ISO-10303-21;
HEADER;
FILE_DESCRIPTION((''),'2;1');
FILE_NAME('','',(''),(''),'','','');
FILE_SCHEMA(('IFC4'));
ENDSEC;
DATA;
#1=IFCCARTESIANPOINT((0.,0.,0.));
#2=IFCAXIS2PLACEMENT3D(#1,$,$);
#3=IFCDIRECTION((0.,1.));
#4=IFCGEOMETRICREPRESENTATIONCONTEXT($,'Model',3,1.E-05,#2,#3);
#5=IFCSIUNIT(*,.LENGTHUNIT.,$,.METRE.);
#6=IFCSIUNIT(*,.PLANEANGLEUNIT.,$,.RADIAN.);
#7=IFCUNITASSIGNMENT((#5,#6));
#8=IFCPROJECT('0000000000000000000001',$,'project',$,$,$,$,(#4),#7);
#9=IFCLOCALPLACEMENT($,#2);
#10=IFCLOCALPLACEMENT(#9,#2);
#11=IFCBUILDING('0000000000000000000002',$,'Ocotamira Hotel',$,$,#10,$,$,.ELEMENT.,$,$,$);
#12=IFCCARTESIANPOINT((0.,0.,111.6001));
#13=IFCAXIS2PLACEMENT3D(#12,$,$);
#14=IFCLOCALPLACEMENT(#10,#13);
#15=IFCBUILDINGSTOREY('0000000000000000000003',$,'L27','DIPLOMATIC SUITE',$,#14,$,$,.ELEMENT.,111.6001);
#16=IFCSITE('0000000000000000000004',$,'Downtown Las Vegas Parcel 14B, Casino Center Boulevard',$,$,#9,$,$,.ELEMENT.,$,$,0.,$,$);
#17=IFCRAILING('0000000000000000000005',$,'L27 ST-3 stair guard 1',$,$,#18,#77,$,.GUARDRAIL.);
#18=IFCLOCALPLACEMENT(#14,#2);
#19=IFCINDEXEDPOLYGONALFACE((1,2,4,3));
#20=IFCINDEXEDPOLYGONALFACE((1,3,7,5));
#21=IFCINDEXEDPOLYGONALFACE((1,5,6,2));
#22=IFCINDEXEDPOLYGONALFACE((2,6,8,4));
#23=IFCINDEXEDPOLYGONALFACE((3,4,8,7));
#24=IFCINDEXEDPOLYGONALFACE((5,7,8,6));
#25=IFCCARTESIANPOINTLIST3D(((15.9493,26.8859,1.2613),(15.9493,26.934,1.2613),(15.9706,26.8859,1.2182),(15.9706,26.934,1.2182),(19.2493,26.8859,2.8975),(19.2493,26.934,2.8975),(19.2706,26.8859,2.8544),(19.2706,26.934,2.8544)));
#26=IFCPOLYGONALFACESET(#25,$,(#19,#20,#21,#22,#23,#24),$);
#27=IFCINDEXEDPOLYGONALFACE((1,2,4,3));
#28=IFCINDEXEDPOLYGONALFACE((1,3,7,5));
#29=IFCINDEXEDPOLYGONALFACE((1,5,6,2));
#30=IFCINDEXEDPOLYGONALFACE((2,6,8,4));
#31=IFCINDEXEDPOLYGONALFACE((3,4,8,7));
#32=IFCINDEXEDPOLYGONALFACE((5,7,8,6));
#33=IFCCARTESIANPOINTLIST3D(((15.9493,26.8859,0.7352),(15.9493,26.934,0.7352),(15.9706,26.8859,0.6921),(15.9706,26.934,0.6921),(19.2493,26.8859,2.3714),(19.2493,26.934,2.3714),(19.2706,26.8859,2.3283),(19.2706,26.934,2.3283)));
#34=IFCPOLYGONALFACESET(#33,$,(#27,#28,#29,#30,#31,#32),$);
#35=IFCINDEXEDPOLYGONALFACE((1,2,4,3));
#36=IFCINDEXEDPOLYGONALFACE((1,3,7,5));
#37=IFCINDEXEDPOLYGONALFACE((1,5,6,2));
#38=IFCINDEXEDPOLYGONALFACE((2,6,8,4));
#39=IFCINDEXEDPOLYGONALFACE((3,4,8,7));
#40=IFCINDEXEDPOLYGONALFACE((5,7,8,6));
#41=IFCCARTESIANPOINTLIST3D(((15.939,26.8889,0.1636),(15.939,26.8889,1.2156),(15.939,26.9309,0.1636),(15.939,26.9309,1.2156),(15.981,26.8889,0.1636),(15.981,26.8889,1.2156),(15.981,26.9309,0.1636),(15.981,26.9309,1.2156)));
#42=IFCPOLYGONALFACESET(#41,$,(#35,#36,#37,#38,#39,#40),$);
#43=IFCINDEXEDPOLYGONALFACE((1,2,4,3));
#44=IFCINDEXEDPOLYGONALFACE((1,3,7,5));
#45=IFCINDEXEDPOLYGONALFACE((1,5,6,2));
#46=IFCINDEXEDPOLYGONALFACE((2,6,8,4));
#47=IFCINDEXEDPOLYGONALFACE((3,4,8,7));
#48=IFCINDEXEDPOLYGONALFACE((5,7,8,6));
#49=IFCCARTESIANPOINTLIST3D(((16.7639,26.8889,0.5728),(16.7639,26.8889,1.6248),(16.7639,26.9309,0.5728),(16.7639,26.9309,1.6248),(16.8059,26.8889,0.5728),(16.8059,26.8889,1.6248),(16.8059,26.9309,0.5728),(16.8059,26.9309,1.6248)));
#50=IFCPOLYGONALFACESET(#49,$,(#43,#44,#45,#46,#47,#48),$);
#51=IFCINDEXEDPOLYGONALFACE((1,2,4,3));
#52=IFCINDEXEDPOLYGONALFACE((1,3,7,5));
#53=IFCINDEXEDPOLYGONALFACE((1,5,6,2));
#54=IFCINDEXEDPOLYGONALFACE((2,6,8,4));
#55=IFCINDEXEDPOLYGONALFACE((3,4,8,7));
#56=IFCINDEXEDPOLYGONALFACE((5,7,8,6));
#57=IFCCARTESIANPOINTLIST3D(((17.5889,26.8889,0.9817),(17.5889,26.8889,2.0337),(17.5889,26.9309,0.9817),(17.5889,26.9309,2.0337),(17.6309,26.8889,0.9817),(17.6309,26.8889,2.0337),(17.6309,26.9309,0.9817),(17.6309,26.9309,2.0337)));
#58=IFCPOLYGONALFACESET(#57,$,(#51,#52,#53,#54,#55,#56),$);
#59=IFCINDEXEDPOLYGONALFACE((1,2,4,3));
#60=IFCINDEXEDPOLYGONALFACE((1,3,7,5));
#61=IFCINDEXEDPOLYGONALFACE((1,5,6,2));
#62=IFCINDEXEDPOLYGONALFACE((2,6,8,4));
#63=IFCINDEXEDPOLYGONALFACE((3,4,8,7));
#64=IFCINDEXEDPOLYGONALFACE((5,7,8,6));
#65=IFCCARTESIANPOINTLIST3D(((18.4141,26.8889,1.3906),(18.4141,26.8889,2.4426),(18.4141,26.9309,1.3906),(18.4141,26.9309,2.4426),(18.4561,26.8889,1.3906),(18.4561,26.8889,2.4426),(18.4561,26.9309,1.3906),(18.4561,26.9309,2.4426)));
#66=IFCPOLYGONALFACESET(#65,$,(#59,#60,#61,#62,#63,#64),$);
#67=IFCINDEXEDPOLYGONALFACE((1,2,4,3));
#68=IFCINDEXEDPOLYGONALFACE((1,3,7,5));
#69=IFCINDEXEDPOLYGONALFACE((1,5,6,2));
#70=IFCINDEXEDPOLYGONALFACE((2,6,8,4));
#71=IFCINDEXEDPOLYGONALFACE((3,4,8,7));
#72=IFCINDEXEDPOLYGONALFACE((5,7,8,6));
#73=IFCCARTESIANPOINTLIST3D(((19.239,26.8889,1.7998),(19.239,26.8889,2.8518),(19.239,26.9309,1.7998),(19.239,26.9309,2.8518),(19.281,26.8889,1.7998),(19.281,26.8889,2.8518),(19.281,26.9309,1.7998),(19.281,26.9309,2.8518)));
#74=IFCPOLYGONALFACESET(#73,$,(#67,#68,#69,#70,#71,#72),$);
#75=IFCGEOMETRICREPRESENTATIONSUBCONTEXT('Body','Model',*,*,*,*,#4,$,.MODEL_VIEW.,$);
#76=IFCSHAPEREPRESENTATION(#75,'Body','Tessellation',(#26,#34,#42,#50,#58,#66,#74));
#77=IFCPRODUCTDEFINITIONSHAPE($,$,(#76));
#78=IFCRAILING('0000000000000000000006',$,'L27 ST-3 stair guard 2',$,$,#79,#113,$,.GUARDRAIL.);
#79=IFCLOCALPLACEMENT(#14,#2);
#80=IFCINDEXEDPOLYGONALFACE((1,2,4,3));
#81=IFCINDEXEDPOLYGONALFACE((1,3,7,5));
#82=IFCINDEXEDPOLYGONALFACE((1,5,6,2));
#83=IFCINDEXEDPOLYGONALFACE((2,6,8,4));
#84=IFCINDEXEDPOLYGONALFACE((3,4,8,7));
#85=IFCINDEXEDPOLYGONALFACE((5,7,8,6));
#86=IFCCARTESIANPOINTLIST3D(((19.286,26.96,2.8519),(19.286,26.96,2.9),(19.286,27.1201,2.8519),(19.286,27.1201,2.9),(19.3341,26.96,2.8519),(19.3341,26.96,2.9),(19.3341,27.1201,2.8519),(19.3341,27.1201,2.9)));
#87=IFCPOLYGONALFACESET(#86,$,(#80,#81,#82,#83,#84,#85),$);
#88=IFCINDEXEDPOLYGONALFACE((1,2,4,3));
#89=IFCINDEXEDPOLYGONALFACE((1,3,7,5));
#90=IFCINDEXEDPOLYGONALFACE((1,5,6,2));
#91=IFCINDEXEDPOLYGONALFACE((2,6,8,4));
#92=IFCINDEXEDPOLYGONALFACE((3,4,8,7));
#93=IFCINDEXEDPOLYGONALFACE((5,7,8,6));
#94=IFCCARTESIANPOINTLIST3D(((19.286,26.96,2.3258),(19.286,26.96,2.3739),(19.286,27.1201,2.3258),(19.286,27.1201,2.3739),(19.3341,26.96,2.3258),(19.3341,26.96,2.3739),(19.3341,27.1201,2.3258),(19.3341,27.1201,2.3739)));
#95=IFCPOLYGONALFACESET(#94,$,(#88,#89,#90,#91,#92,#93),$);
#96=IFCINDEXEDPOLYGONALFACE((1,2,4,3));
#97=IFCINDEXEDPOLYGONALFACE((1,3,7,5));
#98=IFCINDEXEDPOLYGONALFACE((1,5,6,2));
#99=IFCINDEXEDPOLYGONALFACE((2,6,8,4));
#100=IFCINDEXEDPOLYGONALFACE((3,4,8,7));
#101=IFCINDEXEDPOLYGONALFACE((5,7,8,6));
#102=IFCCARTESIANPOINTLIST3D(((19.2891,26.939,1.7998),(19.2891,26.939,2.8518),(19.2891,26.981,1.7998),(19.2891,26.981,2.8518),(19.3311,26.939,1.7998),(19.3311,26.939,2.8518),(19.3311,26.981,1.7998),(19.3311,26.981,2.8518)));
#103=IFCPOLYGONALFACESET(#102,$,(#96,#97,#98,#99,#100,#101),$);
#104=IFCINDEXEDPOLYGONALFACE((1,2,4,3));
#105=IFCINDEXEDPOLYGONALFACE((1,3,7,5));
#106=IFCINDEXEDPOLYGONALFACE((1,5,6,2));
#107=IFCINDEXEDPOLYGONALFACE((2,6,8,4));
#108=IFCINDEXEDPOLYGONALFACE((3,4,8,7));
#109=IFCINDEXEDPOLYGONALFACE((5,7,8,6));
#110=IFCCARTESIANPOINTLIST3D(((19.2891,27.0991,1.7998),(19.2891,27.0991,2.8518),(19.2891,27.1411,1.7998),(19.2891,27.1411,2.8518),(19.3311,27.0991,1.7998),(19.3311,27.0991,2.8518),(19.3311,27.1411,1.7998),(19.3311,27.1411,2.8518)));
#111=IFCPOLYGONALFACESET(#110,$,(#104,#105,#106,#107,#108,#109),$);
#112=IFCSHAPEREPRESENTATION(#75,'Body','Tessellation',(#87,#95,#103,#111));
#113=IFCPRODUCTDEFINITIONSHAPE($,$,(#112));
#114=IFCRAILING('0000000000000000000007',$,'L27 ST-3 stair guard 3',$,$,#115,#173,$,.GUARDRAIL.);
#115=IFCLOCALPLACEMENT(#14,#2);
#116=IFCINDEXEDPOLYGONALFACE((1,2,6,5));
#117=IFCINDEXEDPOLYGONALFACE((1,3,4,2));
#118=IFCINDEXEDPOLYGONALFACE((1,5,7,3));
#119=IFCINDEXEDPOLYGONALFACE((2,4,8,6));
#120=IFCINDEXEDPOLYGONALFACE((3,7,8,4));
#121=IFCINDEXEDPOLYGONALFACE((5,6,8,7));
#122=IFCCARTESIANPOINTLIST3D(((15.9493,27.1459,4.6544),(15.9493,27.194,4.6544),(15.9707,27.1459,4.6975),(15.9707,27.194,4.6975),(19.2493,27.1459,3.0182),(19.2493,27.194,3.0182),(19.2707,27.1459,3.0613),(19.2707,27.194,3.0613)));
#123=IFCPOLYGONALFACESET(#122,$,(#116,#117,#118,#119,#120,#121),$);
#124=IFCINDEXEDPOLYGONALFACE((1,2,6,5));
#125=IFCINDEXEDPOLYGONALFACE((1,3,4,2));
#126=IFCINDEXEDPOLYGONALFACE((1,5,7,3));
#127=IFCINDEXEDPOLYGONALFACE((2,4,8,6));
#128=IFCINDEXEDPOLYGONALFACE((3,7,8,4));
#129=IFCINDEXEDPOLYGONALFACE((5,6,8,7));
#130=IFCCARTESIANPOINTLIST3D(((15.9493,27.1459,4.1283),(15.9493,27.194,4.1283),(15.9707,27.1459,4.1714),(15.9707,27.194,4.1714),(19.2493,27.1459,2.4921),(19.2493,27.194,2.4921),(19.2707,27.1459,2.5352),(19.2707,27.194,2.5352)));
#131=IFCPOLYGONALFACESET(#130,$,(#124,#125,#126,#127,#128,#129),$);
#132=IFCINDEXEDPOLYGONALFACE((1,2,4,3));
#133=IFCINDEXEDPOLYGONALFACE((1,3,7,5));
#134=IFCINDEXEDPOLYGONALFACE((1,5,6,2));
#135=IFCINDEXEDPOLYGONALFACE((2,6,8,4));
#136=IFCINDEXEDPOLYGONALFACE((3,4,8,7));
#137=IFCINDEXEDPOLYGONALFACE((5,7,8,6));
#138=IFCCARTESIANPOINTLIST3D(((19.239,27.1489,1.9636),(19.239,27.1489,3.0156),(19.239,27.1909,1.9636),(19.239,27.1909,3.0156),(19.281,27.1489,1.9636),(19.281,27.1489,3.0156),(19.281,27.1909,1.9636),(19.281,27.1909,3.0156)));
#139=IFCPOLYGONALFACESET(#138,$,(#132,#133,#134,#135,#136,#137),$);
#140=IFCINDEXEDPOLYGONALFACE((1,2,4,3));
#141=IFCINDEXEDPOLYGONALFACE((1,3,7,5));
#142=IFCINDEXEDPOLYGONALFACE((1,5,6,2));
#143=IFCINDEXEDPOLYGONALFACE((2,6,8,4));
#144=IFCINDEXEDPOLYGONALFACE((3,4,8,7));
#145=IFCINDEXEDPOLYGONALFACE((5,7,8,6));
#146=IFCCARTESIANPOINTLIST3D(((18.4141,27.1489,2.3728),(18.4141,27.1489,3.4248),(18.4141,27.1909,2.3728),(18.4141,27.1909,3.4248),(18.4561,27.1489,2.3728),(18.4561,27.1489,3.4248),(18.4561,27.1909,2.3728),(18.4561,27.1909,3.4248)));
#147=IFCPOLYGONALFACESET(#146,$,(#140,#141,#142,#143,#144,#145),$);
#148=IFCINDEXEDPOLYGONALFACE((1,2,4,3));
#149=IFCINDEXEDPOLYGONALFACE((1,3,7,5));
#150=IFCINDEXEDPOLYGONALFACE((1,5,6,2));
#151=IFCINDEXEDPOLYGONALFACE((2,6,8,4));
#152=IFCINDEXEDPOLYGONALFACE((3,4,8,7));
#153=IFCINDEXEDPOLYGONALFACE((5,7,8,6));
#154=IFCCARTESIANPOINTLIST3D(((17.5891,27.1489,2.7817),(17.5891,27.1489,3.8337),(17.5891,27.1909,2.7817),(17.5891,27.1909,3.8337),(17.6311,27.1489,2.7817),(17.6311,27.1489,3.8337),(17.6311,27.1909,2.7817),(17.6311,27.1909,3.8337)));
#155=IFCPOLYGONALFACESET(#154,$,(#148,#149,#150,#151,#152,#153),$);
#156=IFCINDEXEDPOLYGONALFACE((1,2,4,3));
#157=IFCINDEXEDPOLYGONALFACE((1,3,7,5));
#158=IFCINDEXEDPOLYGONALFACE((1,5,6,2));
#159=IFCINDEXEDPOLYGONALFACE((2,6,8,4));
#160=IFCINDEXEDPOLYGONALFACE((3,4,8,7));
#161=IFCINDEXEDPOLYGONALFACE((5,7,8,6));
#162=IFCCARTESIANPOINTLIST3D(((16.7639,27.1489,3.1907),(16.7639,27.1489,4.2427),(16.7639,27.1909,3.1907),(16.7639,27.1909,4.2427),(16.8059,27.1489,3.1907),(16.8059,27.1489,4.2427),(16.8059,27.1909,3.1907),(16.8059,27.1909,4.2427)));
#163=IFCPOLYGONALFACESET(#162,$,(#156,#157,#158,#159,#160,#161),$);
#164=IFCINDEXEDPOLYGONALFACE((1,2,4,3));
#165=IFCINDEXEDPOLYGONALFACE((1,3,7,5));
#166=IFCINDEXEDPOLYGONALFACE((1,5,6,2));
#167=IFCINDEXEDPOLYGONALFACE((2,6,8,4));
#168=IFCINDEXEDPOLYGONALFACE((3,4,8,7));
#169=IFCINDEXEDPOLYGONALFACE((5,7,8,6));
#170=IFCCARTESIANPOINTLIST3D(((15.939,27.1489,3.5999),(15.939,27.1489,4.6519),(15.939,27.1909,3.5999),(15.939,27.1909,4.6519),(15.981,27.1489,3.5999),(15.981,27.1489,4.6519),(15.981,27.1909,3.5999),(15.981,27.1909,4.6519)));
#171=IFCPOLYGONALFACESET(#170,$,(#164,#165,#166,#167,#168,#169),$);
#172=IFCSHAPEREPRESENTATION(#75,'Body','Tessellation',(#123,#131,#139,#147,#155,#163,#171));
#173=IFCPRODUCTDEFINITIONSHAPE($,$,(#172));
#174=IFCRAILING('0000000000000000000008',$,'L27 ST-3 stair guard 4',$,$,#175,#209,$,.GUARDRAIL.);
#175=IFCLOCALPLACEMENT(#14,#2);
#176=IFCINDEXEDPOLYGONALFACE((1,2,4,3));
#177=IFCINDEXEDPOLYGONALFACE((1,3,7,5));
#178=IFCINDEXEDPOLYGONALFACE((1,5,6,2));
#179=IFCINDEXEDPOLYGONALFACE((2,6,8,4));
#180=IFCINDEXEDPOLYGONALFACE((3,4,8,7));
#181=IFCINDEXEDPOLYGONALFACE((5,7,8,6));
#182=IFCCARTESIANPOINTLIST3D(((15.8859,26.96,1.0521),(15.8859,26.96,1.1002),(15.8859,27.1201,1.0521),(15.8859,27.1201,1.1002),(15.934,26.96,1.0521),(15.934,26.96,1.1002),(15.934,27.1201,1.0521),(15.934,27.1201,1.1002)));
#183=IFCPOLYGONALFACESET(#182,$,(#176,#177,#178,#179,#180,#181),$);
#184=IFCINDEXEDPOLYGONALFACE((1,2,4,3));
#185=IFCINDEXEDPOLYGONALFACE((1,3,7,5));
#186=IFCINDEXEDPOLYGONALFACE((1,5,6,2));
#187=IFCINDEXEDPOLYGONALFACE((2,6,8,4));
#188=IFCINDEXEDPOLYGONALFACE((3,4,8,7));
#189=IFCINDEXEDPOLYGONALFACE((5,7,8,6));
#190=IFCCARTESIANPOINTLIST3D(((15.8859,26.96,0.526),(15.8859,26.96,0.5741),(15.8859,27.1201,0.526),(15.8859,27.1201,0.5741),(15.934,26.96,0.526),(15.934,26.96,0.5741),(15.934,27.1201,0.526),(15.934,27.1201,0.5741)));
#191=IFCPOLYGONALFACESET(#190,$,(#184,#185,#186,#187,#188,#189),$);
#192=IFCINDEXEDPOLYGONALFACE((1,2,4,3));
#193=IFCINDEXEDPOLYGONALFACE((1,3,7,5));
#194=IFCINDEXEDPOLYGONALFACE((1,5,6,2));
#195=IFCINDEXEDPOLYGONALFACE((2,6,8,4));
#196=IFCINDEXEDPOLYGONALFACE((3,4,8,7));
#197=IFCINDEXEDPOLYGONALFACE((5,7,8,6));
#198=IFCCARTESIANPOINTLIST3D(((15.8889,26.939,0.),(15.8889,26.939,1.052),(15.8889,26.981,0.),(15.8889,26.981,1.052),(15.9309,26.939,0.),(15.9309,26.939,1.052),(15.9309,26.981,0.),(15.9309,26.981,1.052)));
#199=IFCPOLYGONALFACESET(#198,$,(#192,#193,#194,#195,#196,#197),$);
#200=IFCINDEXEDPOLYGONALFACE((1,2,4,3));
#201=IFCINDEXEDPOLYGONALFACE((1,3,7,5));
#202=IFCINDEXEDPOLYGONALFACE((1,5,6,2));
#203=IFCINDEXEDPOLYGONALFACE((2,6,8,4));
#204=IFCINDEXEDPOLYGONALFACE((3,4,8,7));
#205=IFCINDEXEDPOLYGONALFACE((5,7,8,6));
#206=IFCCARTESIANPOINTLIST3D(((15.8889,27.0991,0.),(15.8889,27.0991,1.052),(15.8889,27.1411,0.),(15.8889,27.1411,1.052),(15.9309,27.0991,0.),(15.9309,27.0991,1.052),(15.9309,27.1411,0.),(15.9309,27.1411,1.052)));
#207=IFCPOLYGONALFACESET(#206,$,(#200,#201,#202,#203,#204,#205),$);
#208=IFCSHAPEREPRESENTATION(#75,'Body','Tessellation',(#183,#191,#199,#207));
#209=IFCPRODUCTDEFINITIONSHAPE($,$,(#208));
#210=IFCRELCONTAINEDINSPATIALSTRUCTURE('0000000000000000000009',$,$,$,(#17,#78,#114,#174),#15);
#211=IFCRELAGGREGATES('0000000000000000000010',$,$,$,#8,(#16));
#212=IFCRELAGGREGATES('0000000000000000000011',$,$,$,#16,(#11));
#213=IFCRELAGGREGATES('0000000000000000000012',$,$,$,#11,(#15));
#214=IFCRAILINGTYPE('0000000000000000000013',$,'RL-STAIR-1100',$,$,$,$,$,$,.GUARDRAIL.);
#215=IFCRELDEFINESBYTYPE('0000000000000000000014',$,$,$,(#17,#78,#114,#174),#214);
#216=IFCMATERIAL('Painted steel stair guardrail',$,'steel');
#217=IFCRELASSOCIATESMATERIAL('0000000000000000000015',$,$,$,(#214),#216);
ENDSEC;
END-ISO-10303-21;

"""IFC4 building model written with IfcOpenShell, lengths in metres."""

from ifc_helpers import new_model, si_unit, direction, frame, origin, origin_2d, place, context, subcontext, project, spatial, rectangle, extrude, material, type_object, element, save


model = new_model("IFC4")

# Units and contexts
model_context = context("Model", 3, precision=1e-05, world=origin(), true_north=direction((0.0, 1.0)))
body_context = subcontext(model_context, "Body", "Model", "MODEL_VIEW")
ifc_project = project(units=[si_unit("LENGTHUNIT", "METRE"), si_unit("PLANEANGLEUNIT", "RADIAN")], contexts=[model_context])

# Site, building, storey
site_placement = place(None, origin())
site = spatial("IfcSite", under=ifc_project, at=site_placement, Name="Downtown Las Vegas Parcel 14B, Casino Center Boulevard", CompositionType="ELEMENT", RefElevation=0.0)
building_placement = place(site_placement, origin())
building = spatial("IfcBuilding", under=site, at=building_placement, Name="Ocotamira Hotel", CompositionType="ELEMENT")
storey_placement = place(building_placement, frame((0.0, 0.0, 111.6001)))
storey = spatial("IfcBuildingStorey", under=building, at=storey_placement, Name="L27", Description="DIPLOMATIC SUITE", CompositionType="ELEMENT", Elevation=111.6001)

# Railings
ifc_material_1 = material(Name="Painted steel stair guardrail", Category="steel")
railing_type_1 = type_object("IfcRailingType", Name="RL-STAIR-1100", PredefinedType="GUARDRAIL", material=ifc_material_1)
railing_1_placement = place(storey_placement, frame((15.96, 26.9099, 0.1636)))
element("IfcRailing", 1, at=railing_1_placement, inside=storey, type_object=railing_type_1, Name="L27 ST-3 stair guard 1", PredefinedType="GUARDRAIL", context=body_context, shape_type="SweptSolid", body=[
    extrude(rectangle(XDim=0.0481, YDim=0.0481, at=origin_2d()), frame((0.0, 0.0, 1.0762), z_axis=(0.89592, 0.0, 0.444215), x_axis=(0.0, 1.0, 0.0)), (0.0, 0.0, 1.0), 3.6833),
    extrude(rectangle(XDim=0.0481, YDim=0.0481, at=origin_2d()), frame((0.0, 0.0, 0.55), z_axis=(0.89592, 0.0, 0.444215), x_axis=(0.0, 1.0, 0.0)), (0.0, 0.0, 1.0), 3.6833),
    extrude(rectangle(XDim=0.042, YDim=0.042, at=origin_2d()), origin(), (0.0, 0.0, 1.0), 1.052),
    extrude(rectangle(XDim=0.042, YDim=0.042, at=origin_2d()), frame((0.825, 0.0, 0.4092)), (0.0, 0.0, 1.0), 1.052),
    extrude(rectangle(XDim=0.042, YDim=0.042, at=origin_2d()), frame((1.6499, 0.0, 0.8181)), (0.0, 0.0, 1.0), 1.052),
    extrude(rectangle(XDim=0.042, YDim=0.042, at=origin_2d()), frame((2.4751, 0.0, 1.2271)), (0.0, 0.0, 1.0), 1.052),
    extrude(rectangle(XDim=0.042, YDim=0.042, at=origin_2d()), frame((3.3, 0.0, 1.6362)), (0.0, 0.0, 1.0), 1.052),
])
railing_2_placement = place(storey_placement, frame((19.3101, 26.96, 1.7998)))
element("IfcRailing", 2, at=railing_2_placement, inside=storey, type_object=railing_type_1, Name="L27 ST-3 stair guard 2", PredefinedType="GUARDRAIL", context=body_context, shape_type="SweptSolid", body=[
    extrude(rectangle(XDim=0.0481, YDim=0.0481, at=origin_2d()), frame((0.0, 0.0, 1.0762), z_axis=(0.0, 1.0, 0.0), x_axis=(-1.0, 0.0, 0.0)), (0.0, 0.0, 1.0), 0.1602),
    extrude(rectangle(XDim=0.0481, YDim=0.0481, at=origin_2d()), frame((0.0, 0.0, 0.55), z_axis=(0.0, 1.0, 0.0), x_axis=(-1.0, 0.0, 0.0)), (0.0, 0.0, 1.0), 0.1602),
    extrude(rectangle(XDim=0.042, YDim=0.042, at=origin_2d()), origin(), (0.0, 0.0, 1.0), 1.052),
    extrude(rectangle(XDim=0.042, YDim=0.042, at=origin_2d()), frame((0.0, 0.1602, 0.0)), (0.0, 0.0, 1.0), 1.052),
])
railing_3_placement = place(storey_placement, frame((19.26, 27.1699, 1.9636)))
element("IfcRailing", 3, at=railing_3_placement, inside=storey, type_object=railing_type_1, Name="L27 ST-3 stair guard 3", PredefinedType="GUARDRAIL", context=body_context, shape_type="SweptSolid", body=[
    extrude(rectangle(XDim=0.0481, YDim=0.0481, at=origin_2d()), frame((0.0, 0.0, 1.0762), z_axis=(-0.89592, 0.0, 0.444215), x_axis=(0.0, -1.0, 0.0)), (0.0, 0.0, 1.0), 3.6833),
    extrude(rectangle(XDim=0.0481, YDim=0.0481, at=origin_2d()), frame((0.0, 0.0, 0.55), z_axis=(-0.89592, 0.0, 0.444215), x_axis=(0.0, -1.0, 0.0)), (0.0, 0.0, 1.0), 3.6833),
    extrude(rectangle(XDim=0.042, YDim=0.042, at=origin_2d()), origin(), (0.0, 0.0, 1.0), 1.052),
    extrude(rectangle(XDim=0.042, YDim=0.042, at=origin_2d()), frame((-0.825, 0.0, 0.4092)), (0.0, 0.0, 1.0), 1.052),
    extrude(rectangle(XDim=0.042, YDim=0.042, at=origin_2d()), frame((-1.6499, 0.0, 0.8181)), (0.0, 0.0, 1.0), 1.052),
    extrude(rectangle(XDim=0.042, YDim=0.042, at=origin_2d()), frame((-2.4751, 0.0, 1.2271)), (0.0, 0.0, 1.0), 1.052),
    extrude(rectangle(XDim=0.042, YDim=0.042, at=origin_2d()), frame((-3.3, 0.0, 1.6362)), (0.0, 0.0, 1.0), 1.052),
])
railing_4_placement = place(storey_placement, frame((15.9099, 26.96, 0.0)))
element("IfcRailing", 4, at=railing_4_placement, inside=storey, type_object=railing_type_1, Name="L27 ST-3 stair guard 4", PredefinedType="GUARDRAIL", context=body_context, shape_type="SweptSolid", body=[
    extrude(rectangle(XDim=0.0481, YDim=0.0481, at=origin_2d()), frame((0.0, 0.0, 1.0762), z_axis=(0.0, 1.0, 0.0), x_axis=(-1.0, 0.0, 0.0)), (0.0, 0.0, 1.0), 0.1602),
    extrude(rectangle(XDim=0.0481, YDim=0.0481, at=origin_2d()), frame((0.0, 0.0, 0.55), z_axis=(0.0, 1.0, 0.0), x_axis=(-1.0, 0.0, 0.0)), (0.0, 0.0, 1.0), 0.1602),
    extrude(rectangle(XDim=0.042, YDim=0.042, at=origin_2d()), origin(), (0.0, 0.0, 1.0), 1.052),
    extrude(rectangle(XDim=0.042, YDim=0.042, at=origin_2d()), frame((0.0, 0.1602, 0.0)), (0.0, 0.0, 1.0), 1.052),
])

save(model, "model.ifc")
